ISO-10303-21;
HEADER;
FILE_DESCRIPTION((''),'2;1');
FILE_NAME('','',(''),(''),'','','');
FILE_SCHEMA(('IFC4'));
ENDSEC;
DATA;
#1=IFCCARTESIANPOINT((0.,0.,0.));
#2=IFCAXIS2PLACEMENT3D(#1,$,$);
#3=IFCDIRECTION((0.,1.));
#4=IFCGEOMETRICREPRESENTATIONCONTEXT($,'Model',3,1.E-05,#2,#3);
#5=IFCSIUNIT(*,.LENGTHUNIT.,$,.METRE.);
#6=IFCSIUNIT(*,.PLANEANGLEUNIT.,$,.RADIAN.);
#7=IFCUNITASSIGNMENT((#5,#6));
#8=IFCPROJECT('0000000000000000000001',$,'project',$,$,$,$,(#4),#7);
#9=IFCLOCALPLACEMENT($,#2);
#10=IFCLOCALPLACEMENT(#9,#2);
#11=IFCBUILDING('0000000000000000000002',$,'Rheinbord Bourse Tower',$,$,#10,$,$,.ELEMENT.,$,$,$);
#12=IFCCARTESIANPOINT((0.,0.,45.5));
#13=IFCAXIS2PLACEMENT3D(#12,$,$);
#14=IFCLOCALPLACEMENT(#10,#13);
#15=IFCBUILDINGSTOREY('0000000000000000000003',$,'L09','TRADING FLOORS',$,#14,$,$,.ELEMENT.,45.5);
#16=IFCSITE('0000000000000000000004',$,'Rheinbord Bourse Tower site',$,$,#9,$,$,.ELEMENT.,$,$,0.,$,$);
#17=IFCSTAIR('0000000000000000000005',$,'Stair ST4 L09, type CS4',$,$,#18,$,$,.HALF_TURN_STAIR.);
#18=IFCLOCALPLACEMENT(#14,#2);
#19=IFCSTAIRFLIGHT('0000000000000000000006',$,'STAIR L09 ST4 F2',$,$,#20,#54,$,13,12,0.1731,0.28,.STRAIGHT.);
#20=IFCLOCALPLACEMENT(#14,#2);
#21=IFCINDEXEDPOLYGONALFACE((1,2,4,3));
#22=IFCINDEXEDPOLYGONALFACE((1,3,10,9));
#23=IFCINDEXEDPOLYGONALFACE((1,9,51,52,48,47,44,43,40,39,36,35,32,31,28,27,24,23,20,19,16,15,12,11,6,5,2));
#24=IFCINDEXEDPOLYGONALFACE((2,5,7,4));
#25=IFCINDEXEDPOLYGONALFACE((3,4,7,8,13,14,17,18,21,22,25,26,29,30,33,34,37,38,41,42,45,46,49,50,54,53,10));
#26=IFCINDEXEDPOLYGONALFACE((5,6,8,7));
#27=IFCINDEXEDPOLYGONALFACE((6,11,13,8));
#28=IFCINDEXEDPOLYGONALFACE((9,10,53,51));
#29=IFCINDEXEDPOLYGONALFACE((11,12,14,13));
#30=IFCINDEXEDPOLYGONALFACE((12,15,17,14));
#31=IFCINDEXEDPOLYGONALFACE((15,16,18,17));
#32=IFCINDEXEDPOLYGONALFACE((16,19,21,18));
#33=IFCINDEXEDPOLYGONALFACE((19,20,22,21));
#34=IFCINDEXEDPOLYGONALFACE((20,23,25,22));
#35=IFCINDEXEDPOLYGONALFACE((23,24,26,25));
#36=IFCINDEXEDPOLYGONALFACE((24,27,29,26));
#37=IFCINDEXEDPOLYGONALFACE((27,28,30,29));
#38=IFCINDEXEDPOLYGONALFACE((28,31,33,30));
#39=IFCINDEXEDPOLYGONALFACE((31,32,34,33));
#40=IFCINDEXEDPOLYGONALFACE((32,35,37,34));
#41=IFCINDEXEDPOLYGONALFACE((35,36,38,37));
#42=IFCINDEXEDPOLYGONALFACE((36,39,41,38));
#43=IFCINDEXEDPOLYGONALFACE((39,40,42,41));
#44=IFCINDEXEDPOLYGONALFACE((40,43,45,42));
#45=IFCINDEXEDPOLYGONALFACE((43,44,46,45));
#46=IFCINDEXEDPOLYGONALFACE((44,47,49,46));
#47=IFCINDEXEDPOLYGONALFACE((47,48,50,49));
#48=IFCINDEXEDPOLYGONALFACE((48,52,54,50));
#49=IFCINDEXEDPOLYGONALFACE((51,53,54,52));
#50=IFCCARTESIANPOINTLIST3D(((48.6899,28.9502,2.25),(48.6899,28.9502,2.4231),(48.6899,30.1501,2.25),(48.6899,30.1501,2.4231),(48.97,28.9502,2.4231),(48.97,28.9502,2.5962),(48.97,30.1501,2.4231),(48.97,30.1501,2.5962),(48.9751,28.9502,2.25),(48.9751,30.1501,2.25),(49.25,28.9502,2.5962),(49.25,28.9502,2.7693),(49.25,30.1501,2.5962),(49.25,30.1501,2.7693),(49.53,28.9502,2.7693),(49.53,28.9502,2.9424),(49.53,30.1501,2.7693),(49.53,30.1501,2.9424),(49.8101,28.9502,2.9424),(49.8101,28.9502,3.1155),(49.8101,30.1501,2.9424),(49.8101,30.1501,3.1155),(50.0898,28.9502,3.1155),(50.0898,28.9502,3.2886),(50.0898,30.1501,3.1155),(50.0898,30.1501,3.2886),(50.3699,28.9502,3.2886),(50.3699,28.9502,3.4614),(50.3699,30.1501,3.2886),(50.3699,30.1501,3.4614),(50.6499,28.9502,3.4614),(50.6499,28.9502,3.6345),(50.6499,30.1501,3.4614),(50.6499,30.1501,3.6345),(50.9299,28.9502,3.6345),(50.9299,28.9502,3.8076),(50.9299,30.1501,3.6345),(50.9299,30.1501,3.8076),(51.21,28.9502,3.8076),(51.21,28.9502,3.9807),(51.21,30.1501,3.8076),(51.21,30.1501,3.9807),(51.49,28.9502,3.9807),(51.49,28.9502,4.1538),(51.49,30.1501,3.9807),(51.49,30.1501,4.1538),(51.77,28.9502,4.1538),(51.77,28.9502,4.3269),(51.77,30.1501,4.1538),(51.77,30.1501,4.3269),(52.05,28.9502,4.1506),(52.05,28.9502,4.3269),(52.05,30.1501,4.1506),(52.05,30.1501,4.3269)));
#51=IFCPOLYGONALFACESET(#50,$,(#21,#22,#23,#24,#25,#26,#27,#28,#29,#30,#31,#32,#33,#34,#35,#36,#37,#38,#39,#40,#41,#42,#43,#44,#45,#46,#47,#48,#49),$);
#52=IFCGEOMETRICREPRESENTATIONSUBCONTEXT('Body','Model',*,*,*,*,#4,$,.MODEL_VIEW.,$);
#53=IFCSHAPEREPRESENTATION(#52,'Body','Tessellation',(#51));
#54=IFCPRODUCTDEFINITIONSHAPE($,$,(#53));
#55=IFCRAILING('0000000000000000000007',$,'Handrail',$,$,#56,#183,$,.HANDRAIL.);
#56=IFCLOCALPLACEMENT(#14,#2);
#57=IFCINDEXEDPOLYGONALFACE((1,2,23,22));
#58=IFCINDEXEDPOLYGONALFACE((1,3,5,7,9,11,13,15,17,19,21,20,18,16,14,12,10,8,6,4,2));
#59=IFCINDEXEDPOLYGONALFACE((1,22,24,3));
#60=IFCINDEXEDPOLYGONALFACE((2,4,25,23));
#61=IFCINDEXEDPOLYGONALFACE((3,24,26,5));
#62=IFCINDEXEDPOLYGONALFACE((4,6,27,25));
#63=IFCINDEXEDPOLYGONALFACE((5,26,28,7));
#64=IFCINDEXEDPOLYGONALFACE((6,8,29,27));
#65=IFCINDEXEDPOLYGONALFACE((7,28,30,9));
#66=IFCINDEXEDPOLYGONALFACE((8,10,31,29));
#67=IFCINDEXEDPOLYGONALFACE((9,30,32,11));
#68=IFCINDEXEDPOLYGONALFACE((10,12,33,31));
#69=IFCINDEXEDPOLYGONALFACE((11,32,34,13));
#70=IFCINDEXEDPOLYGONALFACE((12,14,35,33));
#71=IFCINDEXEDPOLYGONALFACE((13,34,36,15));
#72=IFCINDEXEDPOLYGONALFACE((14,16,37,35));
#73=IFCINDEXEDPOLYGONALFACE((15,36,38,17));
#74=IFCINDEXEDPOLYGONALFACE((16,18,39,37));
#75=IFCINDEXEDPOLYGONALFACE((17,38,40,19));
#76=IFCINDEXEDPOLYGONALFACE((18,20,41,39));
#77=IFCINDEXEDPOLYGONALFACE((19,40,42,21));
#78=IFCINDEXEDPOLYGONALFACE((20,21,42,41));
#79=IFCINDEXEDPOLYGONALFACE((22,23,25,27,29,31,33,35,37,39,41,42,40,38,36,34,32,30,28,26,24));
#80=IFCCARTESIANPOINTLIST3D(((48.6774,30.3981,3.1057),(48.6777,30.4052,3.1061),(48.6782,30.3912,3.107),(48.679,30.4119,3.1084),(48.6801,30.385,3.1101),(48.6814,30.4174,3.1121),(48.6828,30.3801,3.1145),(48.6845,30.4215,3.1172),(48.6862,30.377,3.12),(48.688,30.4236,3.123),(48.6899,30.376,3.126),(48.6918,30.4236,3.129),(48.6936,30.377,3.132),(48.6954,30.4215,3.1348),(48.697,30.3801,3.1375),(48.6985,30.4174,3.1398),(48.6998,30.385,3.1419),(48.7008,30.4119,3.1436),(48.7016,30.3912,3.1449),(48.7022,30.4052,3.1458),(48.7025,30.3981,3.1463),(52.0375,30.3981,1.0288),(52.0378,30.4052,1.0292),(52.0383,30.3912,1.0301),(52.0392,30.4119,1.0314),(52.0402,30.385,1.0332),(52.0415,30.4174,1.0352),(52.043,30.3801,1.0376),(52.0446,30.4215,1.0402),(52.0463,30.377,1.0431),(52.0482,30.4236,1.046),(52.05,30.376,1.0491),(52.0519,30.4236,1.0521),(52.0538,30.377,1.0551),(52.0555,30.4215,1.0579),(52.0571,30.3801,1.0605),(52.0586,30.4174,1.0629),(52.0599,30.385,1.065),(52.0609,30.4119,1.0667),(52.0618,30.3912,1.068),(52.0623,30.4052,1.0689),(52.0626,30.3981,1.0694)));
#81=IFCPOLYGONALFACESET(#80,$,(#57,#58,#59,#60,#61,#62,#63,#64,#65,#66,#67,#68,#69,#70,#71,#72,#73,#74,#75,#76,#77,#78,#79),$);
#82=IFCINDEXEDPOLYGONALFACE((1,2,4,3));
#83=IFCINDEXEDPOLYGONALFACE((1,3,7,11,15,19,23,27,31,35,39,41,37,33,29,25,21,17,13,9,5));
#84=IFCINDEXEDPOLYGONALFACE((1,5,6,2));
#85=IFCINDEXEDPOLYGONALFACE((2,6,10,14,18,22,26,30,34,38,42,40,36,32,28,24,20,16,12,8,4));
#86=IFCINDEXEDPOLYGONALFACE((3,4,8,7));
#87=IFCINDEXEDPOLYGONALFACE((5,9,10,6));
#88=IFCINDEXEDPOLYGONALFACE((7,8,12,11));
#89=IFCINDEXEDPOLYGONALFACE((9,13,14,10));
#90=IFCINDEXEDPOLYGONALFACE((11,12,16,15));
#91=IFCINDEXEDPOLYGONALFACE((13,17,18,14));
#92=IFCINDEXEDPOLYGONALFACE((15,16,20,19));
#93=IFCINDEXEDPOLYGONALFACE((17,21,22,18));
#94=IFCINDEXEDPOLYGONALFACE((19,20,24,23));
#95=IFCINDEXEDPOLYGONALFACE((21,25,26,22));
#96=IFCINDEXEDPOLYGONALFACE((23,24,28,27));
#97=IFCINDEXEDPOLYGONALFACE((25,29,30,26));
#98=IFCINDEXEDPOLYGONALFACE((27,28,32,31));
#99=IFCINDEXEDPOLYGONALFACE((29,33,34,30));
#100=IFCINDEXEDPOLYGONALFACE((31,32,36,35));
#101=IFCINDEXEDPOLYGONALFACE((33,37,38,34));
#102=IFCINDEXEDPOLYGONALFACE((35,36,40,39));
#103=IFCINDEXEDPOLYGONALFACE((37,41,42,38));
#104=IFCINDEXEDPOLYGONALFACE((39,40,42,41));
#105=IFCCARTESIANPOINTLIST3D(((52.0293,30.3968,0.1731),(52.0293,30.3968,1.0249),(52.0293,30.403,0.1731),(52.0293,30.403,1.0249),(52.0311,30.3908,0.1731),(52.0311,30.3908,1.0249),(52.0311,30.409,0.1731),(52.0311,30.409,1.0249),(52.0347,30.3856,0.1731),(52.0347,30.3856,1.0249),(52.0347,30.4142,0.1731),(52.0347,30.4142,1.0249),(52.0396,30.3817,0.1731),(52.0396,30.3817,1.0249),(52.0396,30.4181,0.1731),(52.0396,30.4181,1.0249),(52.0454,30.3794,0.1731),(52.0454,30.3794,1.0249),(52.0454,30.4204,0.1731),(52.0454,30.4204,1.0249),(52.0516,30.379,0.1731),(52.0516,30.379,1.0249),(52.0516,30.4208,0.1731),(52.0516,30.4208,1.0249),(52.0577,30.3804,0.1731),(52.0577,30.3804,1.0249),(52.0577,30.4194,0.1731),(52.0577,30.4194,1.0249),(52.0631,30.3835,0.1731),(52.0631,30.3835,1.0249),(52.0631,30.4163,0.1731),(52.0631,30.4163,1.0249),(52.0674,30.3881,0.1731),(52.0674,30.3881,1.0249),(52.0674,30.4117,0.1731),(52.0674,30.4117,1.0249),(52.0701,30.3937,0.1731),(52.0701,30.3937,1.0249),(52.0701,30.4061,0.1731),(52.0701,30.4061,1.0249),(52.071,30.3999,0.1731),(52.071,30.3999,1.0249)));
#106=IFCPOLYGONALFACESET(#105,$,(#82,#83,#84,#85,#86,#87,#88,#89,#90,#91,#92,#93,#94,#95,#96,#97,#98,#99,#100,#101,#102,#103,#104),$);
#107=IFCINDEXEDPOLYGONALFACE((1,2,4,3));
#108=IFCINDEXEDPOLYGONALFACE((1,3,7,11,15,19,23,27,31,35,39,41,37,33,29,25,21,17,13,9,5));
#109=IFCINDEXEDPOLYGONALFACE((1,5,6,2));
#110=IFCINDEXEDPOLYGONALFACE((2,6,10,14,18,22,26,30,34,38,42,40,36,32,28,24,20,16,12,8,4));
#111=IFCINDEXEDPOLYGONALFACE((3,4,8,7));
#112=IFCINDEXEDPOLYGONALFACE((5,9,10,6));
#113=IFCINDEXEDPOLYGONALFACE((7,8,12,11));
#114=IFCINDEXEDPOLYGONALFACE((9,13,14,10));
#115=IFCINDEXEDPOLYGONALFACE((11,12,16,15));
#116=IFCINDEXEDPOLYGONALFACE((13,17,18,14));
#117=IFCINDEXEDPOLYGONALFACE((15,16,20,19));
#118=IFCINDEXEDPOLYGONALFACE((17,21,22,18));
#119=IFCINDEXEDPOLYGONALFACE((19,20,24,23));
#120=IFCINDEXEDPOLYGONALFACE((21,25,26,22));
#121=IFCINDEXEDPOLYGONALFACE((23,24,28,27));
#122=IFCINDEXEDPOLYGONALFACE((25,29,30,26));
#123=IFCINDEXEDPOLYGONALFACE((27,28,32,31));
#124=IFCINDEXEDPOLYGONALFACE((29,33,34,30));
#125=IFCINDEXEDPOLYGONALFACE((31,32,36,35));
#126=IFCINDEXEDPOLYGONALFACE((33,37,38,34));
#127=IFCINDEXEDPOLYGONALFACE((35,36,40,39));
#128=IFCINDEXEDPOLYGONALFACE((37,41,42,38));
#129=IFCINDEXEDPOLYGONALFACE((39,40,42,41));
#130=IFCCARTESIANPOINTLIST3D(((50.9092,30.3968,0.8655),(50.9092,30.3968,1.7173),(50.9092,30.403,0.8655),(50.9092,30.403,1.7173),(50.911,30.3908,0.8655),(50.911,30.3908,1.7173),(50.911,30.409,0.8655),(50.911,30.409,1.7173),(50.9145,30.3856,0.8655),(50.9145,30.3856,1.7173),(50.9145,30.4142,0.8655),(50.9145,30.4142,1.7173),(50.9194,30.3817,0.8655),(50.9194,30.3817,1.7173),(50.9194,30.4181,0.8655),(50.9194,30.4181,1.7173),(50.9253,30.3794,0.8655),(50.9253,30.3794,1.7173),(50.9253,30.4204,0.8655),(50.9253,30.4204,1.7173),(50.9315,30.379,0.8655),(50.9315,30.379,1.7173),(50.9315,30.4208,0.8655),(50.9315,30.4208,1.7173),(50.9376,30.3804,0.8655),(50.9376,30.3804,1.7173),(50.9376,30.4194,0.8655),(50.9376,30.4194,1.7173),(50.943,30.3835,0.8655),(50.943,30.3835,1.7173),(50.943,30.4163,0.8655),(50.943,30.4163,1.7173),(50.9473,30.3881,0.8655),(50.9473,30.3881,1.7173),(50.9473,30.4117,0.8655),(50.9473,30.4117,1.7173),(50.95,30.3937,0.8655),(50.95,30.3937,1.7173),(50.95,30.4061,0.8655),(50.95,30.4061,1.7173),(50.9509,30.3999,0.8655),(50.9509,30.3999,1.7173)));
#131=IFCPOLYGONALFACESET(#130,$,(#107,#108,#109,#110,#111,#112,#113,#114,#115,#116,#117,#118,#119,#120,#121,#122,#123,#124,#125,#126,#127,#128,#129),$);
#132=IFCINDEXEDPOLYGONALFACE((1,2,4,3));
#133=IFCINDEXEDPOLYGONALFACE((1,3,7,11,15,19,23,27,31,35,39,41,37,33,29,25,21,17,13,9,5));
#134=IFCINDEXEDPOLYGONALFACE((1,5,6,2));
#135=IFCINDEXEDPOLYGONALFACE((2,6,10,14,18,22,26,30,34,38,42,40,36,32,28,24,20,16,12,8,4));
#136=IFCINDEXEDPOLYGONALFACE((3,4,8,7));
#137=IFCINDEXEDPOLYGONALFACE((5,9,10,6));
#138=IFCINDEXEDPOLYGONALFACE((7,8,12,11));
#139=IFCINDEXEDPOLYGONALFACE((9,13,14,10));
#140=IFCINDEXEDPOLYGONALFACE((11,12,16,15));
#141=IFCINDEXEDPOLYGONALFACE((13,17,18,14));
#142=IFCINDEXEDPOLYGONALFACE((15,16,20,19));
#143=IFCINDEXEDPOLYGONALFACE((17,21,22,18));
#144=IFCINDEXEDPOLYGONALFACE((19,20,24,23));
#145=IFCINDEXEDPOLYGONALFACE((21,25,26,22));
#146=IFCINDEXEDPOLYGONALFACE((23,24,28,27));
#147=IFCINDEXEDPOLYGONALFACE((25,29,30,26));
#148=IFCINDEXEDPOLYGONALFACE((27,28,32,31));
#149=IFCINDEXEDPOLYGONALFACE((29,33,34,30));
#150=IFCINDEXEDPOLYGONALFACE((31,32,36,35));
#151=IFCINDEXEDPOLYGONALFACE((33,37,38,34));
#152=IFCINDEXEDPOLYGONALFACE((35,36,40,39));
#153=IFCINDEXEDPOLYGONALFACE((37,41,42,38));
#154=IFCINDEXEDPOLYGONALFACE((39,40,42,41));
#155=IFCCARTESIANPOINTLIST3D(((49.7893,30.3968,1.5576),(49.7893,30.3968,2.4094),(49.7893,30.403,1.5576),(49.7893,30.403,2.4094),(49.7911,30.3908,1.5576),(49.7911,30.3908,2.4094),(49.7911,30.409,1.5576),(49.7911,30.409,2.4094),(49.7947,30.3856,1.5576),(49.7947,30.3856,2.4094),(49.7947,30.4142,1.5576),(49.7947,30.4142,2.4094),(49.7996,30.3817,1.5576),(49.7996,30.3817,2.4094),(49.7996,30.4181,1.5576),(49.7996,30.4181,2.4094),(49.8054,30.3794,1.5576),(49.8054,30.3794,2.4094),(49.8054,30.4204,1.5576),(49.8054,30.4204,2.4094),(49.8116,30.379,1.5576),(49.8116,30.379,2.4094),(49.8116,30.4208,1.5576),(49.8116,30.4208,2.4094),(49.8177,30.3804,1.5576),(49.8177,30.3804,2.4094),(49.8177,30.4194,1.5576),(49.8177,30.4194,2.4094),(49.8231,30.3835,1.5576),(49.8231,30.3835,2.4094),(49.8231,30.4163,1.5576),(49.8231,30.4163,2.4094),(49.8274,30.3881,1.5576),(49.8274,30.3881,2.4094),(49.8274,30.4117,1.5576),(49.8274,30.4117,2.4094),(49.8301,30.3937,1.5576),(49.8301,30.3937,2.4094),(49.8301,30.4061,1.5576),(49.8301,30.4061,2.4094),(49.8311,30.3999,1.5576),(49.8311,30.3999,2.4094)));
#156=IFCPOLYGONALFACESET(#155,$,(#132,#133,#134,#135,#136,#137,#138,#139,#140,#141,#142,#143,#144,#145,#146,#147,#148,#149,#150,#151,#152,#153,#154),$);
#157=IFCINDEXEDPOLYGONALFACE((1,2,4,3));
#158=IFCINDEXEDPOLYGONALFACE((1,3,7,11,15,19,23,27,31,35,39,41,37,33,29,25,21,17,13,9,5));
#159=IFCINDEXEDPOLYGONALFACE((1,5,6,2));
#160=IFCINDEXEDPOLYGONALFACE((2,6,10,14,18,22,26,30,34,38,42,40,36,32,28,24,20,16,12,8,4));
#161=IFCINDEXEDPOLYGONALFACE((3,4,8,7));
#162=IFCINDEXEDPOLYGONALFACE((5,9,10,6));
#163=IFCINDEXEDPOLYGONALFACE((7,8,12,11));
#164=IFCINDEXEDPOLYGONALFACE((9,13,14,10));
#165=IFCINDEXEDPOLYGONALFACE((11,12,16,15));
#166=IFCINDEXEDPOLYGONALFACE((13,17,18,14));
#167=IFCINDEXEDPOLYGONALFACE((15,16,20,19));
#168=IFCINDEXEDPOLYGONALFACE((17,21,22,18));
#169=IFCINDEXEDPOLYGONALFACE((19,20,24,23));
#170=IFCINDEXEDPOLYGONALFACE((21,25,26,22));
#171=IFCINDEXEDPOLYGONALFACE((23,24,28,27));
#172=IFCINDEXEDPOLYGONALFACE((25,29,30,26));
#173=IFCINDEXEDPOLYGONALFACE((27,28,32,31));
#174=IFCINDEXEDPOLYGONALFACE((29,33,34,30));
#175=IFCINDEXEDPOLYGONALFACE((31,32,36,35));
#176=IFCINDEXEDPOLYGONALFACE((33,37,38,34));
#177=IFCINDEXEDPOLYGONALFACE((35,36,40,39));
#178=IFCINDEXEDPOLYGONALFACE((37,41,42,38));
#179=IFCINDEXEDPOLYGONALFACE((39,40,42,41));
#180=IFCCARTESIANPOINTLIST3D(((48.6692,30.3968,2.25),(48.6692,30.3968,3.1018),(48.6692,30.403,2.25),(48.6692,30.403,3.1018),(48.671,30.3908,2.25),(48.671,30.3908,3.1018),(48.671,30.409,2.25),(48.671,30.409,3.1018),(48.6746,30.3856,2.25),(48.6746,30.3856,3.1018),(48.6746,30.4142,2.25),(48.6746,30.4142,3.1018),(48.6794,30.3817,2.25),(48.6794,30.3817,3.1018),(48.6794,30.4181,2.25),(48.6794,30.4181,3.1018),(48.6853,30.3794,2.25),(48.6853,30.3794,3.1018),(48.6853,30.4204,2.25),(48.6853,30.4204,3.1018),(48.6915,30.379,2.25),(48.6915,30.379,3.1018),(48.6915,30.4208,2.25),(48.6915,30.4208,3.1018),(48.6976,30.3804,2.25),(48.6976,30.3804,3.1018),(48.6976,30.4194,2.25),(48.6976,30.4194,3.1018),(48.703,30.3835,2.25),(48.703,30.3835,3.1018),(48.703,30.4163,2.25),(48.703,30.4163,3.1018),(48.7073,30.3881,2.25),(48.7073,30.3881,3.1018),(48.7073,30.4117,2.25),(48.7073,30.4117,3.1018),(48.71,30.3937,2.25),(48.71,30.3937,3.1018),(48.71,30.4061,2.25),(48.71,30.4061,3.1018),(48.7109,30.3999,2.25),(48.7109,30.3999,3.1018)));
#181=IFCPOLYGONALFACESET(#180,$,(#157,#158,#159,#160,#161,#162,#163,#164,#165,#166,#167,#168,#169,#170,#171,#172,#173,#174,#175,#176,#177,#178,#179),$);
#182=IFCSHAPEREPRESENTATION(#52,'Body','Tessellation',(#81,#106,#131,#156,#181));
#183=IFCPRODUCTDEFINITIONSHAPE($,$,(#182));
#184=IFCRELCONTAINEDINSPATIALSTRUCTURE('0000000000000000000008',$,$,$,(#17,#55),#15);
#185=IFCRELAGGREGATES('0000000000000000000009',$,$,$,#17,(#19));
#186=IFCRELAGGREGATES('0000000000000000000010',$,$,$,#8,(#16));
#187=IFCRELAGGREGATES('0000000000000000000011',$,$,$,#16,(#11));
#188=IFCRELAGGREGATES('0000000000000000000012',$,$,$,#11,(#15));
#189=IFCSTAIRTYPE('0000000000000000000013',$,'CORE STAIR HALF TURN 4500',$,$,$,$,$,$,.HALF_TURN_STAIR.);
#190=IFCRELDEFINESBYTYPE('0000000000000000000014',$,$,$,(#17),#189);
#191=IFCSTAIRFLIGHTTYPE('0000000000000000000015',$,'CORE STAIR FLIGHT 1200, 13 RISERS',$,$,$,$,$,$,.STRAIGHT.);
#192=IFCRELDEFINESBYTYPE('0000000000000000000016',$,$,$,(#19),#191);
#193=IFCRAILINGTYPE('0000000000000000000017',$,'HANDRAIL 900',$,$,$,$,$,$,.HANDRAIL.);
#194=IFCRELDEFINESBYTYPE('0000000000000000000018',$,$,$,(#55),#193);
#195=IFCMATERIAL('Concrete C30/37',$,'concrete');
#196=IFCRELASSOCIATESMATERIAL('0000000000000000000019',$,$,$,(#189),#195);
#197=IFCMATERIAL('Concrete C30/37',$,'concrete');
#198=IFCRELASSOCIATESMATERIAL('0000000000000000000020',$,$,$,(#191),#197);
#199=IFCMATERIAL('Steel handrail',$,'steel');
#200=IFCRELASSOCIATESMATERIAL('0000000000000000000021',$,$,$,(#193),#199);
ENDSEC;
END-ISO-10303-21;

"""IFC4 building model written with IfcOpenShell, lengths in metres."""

from ifc_helpers import new_model, si_unit, direction, frame, origin, origin_2d, place, context, subcontext, project, spatial, polyline, circle, outline, extrude, material, type_object, element, aggregate, save


model = new_model("IFC4")

# Units and contexts
model_context = context("Model", 3, precision=1e-05, world=origin(), true_north=direction((0.0, 1.0)))
body_context = subcontext(model_context, "Body", "Model", "MODEL_VIEW")
ifc_project = project(units=[si_unit("LENGTHUNIT", "METRE"), si_unit("PLANEANGLEUNIT", "RADIAN")], contexts=[model_context])

# Site, building, storey
site_placement = place(None, origin())
site = spatial("IfcSite", under=ifc_project, at=site_placement, Name="Rheinbord Bourse Tower site", CompositionType="ELEMENT", RefElevation=0.0)
building_placement = place(site_placement, origin())
building = spatial("IfcBuilding", under=site, at=building_placement, Name="Rheinbord Bourse Tower", CompositionType="ELEMENT")
storey_placement = place(building_placement, frame((0.0, 0.0, 45.5)))
storey = spatial("IfcBuildingStorey", under=building, at=storey_placement, Name="L09", Description="TRADING FLOORS", CompositionType="ELEMENT", Elevation=45.5)

# Stair, stair flight
ifc_material_1 = material(Name="Concrete C30/37", Category="concrete")
stair_type = type_object("IfcStairType", Name="CORE STAIR HALF TURN 4500", PredefinedType="HALF_TURN_STAIR", material=ifc_material_1)
stair_placement = place(storey_placement, origin())
stair = element("IfcStair", 1, at=stair_placement, inside=storey, type_object=stair_type, Name="Stair ST4 L09, type CS4", PredefinedType="HALF_TURN_STAIR")
ifc_material_2 = material(Name="Concrete C30/37", Category="concrete")
stair_flight_type = type_object("IfcStairFlightType", Name="CORE STAIR FLIGHT 1200, 13 RISERS", PredefinedType="STRAIGHT", material=ifc_material_2)
stair_flight_1_placement = place(storey_placement, frame((48.6899, 29.55, 2.25), z_axis=(0.0, 0.0, 1.0), x_axis=(1.0, 0.0, 0.0)))
stair_flight_1 = element("IfcStairFlight", 2, at=stair_flight_1_placement, type_object=stair_flight_type, Name="STAIR L09 ST4 F2", NumberOfRisers=13, NumberOfTreads=12, PredefinedType="STRAIGHT", RiserHeight=0.1731, TreadLength=0.28, context=body_context, shape_type="SweptSolid", body=[
    extrude(outline(polyline([(0.0, 0.0), (0.0, 0.1731), (0.28, 0.1731), (0.28, 0.3462), (0.5601, 0.3462), (0.5601, 0.5193), (0.8401, 0.5193), (0.8401, 0.6924), (1.1201, 0.6924), (1.1201, 0.8655), (1.3999, 0.8655), (1.3999, 1.0386), (1.6799, 1.0386), (1.6799, 1.2114), (1.96, 1.2114), (1.96, 1.3845), (2.24, 1.3845), (2.24, 1.5576), (2.52, 1.5576), (2.52, 1.7307), (2.8, 1.7307), (2.8, 1.9038), (3.0801, 1.9038), (3.0801, 2.0769), (3.3601, 2.0769), (3.3601, 2.25), (3.3601, 1.9006), (0.2852, 0.0), (0.0, 0.0)])), frame((0.0, 0.6001, 0.0), z_axis=(0.0, -1.0, 0.0), x_axis=(1.0, 0.0, 0.0)), (0.0, 0.0, 1.0), 1.2),
])
aggregate(stair, [stair_flight_1])

# Railing
ifc_material_3 = material(Name="Steel handrail", Category="steel")
railing_type = type_object("IfcRailingType", Name="HANDRAIL 900", PredefinedType="HANDRAIL", material=ifc_material_3)
railing_1_placement = place(storey_placement, frame((52.05, 30.3999, 0.1731)))
element("IfcRailing", 3, at=railing_1_placement, inside=storey, type_object=railing_type, Name="Handrail", PredefinedType="HANDRAIL", context=body_context, shape_type="SweptSolid", body=[
    extrude(circle(Radius=0.0239, at=origin_2d()), frame((0.0, 0.0, 0.876), z_axis=(-0.850623, 0.0, 0.525776), x_axis=(0.0, -1.0, 0.0)), (0.0, 0.0, 1.0), 3.9502),
    extrude(circle(Radius=0.021, at=origin_2d()), origin(), (0.0, 0.0, 1.0), 0.8518),
    extrude(circle(Radius=0.021, at=origin_2d()), frame((-1.1201, 0.0, 0.6924)), (0.0, 0.0, 1.0), 0.8518),
    extrude(circle(Radius=0.021, at=origin_2d()), frame((-2.24, 0.0, 1.3845)), (0.0, 0.0, 1.0), 0.8518),
    extrude(circle(Radius=0.021, at=origin_2d()), frame((-3.3601, 0.0, 2.0769)), (0.0, 0.0, 1.0), 0.8518),
])

save(model, "model.ifc")
